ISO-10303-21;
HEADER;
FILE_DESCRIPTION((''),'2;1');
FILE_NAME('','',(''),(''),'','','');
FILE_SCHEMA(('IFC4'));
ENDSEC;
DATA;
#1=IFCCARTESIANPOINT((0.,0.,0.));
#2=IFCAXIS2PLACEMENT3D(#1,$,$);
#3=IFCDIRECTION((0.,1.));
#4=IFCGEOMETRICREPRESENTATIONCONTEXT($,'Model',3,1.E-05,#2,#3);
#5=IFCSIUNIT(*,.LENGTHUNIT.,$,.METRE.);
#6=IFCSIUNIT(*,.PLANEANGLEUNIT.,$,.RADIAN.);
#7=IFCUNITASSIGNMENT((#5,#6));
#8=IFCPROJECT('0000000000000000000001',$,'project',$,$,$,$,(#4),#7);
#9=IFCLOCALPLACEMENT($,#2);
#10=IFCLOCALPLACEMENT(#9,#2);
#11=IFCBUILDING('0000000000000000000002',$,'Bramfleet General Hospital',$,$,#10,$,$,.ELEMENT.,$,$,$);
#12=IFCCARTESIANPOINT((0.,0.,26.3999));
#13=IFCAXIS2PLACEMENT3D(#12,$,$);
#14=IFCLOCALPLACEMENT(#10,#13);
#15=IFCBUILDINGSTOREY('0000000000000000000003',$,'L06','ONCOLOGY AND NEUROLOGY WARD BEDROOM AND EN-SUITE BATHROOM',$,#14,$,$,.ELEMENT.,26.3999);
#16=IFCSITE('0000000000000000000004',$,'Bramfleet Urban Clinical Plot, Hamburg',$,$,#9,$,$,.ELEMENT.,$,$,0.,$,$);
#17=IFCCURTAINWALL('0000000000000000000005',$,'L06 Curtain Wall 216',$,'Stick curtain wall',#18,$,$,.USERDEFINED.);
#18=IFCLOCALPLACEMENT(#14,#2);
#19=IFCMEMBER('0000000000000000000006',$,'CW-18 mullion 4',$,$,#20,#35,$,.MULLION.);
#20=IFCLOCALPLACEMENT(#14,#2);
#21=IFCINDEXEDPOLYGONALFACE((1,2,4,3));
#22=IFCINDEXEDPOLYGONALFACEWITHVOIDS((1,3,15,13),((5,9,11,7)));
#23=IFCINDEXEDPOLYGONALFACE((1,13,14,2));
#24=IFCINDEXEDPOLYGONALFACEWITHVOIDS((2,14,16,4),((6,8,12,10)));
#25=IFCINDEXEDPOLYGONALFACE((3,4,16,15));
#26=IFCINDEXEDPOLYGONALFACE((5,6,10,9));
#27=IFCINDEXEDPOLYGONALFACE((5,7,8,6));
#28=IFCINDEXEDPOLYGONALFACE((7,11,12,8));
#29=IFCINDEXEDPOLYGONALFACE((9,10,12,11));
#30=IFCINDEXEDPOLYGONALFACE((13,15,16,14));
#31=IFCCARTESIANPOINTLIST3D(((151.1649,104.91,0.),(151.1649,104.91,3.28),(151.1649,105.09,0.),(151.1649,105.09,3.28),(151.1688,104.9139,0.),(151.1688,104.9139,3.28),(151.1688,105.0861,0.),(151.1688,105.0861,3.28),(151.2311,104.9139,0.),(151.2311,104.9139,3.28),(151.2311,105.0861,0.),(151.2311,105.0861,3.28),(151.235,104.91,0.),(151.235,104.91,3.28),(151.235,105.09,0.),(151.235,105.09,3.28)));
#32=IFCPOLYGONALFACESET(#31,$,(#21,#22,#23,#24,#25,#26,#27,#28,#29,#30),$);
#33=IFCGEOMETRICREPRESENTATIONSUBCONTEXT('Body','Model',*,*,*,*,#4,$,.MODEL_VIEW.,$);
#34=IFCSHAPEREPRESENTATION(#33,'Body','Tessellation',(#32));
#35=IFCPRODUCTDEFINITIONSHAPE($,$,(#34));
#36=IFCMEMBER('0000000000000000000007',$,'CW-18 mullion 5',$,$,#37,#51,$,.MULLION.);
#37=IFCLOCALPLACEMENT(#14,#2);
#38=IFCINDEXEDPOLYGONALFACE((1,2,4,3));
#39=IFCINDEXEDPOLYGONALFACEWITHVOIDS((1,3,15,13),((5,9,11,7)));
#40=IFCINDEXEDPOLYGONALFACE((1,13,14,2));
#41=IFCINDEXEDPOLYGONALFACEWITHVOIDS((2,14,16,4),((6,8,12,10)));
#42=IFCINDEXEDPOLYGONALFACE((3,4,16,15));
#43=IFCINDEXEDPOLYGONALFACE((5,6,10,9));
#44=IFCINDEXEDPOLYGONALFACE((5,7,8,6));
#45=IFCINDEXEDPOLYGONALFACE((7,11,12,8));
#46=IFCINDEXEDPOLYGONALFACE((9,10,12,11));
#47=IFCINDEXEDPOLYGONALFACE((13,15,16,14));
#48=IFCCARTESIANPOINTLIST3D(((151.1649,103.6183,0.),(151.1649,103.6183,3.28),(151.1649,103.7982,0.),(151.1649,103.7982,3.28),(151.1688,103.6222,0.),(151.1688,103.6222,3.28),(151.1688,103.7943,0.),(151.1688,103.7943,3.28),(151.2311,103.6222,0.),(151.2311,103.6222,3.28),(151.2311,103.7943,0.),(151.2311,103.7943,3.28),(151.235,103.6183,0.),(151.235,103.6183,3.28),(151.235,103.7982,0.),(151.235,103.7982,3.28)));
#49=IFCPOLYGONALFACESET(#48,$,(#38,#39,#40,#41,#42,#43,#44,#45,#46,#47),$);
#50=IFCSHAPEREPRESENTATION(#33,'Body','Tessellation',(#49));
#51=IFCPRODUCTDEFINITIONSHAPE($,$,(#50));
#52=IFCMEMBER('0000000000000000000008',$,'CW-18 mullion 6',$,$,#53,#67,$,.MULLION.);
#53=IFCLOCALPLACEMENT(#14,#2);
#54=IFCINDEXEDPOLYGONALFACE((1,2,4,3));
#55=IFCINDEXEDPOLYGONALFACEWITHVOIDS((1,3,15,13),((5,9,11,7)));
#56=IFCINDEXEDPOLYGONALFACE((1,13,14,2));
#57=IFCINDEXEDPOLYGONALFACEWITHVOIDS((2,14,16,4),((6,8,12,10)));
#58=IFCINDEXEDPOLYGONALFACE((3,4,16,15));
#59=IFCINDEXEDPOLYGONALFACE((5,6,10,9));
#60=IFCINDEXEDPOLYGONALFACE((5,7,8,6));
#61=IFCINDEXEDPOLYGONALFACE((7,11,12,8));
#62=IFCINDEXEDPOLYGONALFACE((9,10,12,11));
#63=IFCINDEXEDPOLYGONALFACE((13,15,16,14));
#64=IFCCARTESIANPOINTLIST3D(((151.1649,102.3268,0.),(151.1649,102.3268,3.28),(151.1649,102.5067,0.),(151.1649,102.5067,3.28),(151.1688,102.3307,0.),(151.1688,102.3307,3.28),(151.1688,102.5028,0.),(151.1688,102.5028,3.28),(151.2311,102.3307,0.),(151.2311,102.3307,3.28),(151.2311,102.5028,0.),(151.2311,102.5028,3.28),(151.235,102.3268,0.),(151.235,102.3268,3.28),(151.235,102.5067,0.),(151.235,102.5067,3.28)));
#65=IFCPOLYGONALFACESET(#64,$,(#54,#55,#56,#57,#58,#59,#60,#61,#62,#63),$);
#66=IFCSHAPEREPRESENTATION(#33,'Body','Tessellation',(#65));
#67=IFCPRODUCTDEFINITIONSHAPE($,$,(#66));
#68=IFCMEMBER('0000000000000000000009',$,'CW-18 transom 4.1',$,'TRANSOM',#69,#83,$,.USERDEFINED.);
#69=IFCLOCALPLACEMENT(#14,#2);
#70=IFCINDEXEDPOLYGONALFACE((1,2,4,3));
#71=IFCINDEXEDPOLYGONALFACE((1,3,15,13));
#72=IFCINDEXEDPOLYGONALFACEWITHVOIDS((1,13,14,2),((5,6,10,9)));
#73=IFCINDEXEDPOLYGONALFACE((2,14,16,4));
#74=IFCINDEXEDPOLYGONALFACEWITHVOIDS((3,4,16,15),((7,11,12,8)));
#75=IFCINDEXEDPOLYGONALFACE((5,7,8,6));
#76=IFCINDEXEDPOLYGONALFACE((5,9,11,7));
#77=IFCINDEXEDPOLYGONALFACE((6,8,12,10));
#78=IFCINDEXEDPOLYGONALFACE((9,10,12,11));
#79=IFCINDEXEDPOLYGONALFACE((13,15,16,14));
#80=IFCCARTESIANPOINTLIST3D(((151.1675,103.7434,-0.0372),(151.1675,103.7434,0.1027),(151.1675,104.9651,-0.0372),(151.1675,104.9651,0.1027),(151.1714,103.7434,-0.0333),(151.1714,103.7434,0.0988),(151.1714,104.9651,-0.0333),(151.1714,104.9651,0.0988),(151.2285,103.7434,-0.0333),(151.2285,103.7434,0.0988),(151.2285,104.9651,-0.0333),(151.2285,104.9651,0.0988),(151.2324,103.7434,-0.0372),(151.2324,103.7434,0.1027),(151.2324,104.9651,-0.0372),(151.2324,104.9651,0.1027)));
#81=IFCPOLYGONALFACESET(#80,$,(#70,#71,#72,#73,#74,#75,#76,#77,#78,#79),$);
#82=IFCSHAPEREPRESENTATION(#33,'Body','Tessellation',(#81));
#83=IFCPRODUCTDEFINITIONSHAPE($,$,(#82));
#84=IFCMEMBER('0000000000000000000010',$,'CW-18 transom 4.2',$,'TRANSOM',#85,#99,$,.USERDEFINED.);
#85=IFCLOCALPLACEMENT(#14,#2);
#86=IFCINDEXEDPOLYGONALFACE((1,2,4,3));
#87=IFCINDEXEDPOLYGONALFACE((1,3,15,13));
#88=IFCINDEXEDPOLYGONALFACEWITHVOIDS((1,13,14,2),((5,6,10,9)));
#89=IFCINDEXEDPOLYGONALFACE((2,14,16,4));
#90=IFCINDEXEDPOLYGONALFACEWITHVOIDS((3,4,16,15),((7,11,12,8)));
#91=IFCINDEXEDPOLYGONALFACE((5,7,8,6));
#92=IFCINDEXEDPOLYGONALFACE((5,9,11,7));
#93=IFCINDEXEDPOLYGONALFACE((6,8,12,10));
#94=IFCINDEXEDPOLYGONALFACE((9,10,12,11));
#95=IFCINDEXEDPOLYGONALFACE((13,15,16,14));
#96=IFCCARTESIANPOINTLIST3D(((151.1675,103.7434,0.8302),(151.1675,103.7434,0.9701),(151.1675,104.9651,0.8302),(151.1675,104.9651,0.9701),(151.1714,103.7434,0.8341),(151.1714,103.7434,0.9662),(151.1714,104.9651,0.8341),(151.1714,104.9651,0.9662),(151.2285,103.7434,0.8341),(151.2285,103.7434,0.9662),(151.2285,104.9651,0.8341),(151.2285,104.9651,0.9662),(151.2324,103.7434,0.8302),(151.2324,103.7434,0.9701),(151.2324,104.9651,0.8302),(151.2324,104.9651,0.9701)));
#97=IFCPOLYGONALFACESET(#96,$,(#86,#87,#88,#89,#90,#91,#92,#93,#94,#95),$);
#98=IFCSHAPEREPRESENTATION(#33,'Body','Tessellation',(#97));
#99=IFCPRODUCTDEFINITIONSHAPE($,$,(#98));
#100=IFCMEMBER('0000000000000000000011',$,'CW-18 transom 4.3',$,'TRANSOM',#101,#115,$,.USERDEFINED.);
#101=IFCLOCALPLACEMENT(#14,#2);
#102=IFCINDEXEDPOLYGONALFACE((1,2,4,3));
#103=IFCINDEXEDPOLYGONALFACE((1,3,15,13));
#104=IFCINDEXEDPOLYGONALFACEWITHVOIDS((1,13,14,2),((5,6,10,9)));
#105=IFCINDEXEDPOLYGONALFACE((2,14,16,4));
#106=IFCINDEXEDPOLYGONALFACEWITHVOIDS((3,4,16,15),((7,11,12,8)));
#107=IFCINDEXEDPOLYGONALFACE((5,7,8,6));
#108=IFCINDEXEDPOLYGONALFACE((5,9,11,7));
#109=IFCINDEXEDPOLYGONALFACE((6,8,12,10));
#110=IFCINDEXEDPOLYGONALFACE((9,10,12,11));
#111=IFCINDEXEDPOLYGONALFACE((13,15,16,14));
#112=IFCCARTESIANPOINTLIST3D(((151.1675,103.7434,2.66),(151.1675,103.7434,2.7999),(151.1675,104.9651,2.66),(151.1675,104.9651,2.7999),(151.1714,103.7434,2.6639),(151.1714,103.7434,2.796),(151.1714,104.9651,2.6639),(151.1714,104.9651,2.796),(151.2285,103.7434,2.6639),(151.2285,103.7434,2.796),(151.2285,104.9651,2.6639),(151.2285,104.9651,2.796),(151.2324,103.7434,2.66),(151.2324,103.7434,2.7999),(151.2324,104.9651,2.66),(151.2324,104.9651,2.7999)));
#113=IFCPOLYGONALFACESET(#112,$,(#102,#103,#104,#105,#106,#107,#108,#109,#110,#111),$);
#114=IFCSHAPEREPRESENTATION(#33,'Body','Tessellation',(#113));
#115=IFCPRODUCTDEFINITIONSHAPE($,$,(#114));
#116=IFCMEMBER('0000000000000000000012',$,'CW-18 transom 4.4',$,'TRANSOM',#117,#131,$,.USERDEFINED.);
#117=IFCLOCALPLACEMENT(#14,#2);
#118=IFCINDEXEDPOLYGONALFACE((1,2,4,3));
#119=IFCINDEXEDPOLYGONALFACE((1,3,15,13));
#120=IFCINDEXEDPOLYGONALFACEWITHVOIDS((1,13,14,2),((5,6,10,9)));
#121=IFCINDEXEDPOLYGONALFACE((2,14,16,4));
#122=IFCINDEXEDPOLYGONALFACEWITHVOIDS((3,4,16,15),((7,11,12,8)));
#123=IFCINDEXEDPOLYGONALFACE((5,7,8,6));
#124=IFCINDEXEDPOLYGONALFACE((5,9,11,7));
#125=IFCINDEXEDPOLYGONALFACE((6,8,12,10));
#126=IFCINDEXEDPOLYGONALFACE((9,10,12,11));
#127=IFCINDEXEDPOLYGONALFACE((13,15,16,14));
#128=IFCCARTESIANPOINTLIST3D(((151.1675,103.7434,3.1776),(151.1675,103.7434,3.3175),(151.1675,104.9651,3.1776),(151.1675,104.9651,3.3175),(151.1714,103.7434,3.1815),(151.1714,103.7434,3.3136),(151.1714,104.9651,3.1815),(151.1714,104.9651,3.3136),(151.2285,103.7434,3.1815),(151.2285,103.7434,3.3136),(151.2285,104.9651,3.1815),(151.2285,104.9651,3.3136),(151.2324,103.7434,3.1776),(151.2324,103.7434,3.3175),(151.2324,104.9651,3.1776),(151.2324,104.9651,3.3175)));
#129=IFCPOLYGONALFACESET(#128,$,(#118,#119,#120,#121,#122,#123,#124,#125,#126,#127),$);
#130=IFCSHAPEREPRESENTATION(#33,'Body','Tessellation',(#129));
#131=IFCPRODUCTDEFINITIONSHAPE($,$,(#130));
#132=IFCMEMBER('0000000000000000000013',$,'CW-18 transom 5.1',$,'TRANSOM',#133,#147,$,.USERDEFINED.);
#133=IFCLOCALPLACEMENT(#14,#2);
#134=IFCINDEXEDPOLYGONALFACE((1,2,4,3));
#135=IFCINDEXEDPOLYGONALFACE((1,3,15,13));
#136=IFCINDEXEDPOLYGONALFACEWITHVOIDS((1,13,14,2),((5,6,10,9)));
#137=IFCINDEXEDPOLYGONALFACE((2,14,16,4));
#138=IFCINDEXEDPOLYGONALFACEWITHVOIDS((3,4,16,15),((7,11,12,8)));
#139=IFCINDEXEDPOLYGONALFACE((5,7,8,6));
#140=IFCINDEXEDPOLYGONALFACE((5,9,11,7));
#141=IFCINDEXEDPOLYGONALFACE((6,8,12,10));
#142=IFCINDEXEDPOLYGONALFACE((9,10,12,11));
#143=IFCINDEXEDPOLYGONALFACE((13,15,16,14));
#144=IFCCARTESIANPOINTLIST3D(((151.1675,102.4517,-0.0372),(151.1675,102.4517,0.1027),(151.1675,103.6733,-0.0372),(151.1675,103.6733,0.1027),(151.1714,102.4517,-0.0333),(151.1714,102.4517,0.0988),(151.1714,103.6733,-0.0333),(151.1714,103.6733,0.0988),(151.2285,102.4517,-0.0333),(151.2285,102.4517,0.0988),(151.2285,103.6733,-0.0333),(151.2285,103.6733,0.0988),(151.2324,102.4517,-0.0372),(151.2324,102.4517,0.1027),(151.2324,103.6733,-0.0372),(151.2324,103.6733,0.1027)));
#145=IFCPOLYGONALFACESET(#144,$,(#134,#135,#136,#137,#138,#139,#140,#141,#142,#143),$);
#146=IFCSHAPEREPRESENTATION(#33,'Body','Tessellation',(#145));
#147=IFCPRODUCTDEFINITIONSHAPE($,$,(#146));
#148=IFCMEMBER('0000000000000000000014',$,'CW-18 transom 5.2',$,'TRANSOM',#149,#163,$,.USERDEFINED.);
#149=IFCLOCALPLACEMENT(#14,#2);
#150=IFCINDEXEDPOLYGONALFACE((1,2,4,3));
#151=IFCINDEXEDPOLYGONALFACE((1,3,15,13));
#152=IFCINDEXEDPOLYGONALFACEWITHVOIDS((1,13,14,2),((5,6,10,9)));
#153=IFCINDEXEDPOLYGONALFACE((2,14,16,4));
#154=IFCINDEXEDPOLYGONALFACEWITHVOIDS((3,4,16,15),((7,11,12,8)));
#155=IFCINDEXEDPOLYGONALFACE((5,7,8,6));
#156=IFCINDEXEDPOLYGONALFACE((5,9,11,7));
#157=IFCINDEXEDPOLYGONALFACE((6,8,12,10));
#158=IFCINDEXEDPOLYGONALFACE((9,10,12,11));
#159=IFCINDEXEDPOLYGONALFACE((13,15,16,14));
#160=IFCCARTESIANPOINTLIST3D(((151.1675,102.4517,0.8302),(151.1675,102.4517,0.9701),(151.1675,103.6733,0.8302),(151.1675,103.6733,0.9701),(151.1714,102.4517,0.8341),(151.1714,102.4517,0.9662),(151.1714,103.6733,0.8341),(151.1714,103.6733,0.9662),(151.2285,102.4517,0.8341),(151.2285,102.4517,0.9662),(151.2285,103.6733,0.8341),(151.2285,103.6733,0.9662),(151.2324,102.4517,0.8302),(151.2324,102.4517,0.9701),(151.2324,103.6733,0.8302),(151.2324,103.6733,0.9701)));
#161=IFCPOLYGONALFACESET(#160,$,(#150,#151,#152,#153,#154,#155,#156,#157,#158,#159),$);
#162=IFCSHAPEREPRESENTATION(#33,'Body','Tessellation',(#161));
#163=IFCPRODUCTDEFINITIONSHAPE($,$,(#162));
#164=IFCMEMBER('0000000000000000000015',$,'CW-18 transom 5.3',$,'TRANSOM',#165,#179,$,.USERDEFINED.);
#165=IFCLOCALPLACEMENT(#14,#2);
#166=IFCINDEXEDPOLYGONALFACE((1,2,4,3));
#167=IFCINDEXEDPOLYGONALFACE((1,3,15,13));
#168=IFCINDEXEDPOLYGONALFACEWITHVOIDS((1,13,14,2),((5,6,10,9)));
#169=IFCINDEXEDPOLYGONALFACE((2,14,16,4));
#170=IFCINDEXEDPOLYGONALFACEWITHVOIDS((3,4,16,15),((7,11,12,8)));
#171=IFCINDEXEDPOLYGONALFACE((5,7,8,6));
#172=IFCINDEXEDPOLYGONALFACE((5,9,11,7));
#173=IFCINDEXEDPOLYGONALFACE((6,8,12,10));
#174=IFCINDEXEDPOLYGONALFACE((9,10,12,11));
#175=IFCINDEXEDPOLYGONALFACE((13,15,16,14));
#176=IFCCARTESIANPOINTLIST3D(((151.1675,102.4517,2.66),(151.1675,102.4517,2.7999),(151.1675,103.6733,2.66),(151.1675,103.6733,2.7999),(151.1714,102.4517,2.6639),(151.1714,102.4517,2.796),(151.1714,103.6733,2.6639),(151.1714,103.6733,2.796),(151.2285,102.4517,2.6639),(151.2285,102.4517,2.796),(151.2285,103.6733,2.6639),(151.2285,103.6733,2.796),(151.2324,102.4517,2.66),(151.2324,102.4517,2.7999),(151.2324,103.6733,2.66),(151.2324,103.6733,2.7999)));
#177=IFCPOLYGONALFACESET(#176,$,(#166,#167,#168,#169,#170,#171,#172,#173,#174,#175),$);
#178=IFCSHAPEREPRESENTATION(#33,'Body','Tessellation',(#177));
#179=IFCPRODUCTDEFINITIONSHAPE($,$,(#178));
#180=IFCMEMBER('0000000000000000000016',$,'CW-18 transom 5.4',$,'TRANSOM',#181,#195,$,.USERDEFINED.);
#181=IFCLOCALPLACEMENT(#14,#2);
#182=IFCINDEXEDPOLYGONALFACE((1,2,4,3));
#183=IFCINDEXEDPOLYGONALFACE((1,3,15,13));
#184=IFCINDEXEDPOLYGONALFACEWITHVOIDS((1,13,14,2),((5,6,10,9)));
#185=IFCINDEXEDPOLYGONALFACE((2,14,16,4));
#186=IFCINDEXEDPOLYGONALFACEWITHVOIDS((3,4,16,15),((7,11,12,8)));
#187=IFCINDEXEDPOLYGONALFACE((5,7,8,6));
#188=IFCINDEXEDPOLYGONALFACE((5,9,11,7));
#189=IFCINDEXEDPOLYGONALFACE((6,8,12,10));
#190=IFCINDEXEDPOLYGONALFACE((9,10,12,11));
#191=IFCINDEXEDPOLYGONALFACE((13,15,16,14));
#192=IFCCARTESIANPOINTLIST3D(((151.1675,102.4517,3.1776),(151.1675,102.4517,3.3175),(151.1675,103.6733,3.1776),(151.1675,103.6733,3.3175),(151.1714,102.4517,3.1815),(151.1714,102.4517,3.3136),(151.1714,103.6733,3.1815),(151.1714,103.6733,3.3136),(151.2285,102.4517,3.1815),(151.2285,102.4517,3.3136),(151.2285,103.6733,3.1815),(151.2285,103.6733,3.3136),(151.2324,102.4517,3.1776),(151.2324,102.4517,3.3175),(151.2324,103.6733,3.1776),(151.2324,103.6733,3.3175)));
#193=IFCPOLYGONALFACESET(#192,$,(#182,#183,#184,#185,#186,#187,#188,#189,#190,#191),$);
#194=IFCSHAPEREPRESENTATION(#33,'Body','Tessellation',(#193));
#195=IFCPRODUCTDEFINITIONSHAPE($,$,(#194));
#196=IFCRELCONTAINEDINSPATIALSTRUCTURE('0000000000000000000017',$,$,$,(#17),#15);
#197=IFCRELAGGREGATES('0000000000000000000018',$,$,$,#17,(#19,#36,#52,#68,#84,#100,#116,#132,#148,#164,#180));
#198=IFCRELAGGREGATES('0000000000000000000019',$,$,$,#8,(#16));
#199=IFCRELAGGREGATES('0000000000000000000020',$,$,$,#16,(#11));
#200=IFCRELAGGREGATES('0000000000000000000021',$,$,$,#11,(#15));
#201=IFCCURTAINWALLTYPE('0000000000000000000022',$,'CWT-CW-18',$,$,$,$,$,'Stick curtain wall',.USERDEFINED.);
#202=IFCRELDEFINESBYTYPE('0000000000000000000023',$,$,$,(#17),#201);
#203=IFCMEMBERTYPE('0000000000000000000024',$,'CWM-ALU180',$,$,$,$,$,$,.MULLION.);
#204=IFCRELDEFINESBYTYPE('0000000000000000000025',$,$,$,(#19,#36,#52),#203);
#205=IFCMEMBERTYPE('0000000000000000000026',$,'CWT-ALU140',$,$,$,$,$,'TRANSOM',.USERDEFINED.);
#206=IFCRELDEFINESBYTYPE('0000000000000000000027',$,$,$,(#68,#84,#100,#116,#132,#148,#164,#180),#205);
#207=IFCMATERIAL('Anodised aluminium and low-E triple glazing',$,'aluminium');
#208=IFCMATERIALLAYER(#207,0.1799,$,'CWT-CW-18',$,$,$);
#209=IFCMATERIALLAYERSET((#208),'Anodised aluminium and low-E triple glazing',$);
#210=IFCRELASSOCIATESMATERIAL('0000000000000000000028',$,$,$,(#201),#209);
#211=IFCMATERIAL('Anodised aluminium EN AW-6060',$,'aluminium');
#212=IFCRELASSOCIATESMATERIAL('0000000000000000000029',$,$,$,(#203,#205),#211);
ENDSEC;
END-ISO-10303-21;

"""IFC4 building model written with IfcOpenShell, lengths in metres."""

from ifc_helpers import new_model, si_unit, direction, frame, origin, origin_2d, place, context, subcontext, project, spatial, hollow_rectangle, extrude, material, layer, layer_set, material_profile, profile_set, type_object, element, aggregate, save


model = new_model("IFC4")

# Units and contexts
model_context = context("Model", 3, precision=1e-05, world=origin(), true_north=direction((0.0, 1.0)))
body_context = subcontext(model_context, "Body", "Model", "MODEL_VIEW")
ifc_project = project(units=[si_unit("LENGTHUNIT", "METRE"), si_unit("PLANEANGLEUNIT", "RADIAN")], contexts=[model_context])

# Site, building, storey
site_placement = place(None, origin())
site = spatial("IfcSite", under=ifc_project, at=site_placement, Name="Bramfleet Urban Clinical Plot, Hamburg", CompositionType="ELEMENT", RefElevation=0.0)
building_placement = place(site_placement, origin())
building = spatial("IfcBuilding", under=site, at=building_placement, Name="Bramfleet General Hospital", CompositionType="ELEMENT")
storey_placement = place(building_placement, frame((0.0, 0.0, 26.3999)))
storey = spatial("IfcBuildingStorey", under=building, at=storey_placement, Name="L06", Description="ONCOLOGY AND NEUROLOGY WARD BEDROOM AND EN-SUITE BATHROOM", CompositionType="ELEMENT", Elevation=26.3999)

# Curtain wall, members
ifc_material_1 = material(Name="Anodised aluminium and low-E triple glazing", Category="aluminium")
ifc_layer_1 = layer(ifc_material_1, 0.1799, Name="CWT-CW-18")
ifc_layer_set_1 = layer_set([ifc_layer_1], Name="Anodised aluminium and low-E triple glazing")
curtain_wall_type = type_object("IfcCurtainWallType", Name="CWT-CW-18", ElementType="Stick curtain wall", PredefinedType="USERDEFINED", material=ifc_layer_set_1)
curtain_wall_placement = place(storey_placement, origin())
curtain_wall = element("IfcCurtainWall", 1, at=curtain_wall_placement, inside=storey, type_object=curtain_wall_type, Name="L06 Curtain Wall 216", ObjectType="Stick curtain wall", PredefinedType="USERDEFINED")
ifc_material_2 = material(Name="Anodised aluminium EN AW-6060", Category="aluminium")
ifc_material_profile_1 = material_profile(ifc_material_2, hollow_rectangle(XDim=0.0701, YDim=0.1799, WallThickness=0.0039, at=origin_2d()), Name="ALU 180x70x4.0")
ifc_profile_set_1 = profile_set([ifc_material_profile_1], Name="Anodised aluminium EN AW-6060")
member_type_1 = type_object("IfcMemberType", Name="CWM-ALU180", PredefinedType="MULLION", material=ifc_profile_set_1)
member_1_placement = place(storey_placement, frame((151.2, 105.0, 0.0), z_axis=(0.0, 0.0, 1.0), x_axis=(1.0, 0.0, 0.0)))
member_1 = element("IfcMember", 2, at=member_1_placement, type_object=member_type_1, Name="CW-18 mullion 4", PredefinedType="MULLION", context=body_context, shape_type="SweptSolid", body=[
    extrude(hollow_rectangle(XDim=0.0701, YDim=0.1799, WallThickness=0.0039, at=origin_2d()), origin(), (0.0, 0.0, 1.0), 3.28),
])
member_2_placement = place(storey_placement, frame((151.2, 103.7083, 0.0), z_axis=(0.0, 0.0, 1.0), x_axis=(1.0, 0.0, 0.0)))
member_2 = element("IfcMember", 3, at=member_2_placement, type_object=member_type_1, Name="CW-18 mullion 5", PredefinedType="MULLION", context=body_context, shape_type="SweptSolid", body=[
    extrude(hollow_rectangle(XDim=0.0701, YDim=0.1799, WallThickness=0.0039, at=origin_2d()), origin(), (0.0, 0.0, 1.0), 3.28),
])
member_3_placement = place(storey_placement, frame((151.2, 102.4167, 0.0), z_axis=(0.0, 0.0, 1.0), x_axis=(1.0, 0.0, 0.0)))
member_3 = element("IfcMember", 4, at=member_3_placement, type_object=member_type_1, Name="CW-18 mullion 6", PredefinedType="MULLION", context=body_context, shape_type="SweptSolid", body=[
    extrude(hollow_rectangle(XDim=0.0701, YDim=0.1799, WallThickness=0.0039, at=origin_2d()), origin(), (0.0, 0.0, 1.0), 3.28),
])
ifc_material_profile_2 = material_profile(ifc_material_2, hollow_rectangle(XDim=0.0649, YDim=0.1399, WallThickness=0.0039, at=origin_2d()), Name="ALU 140x65x4.0")
ifc_profile_set_2 = profile_set([ifc_material_profile_2], Name="Anodised aluminium EN AW-6060")
member_type_2 = type_object("IfcMemberType", Name="CWT-ALU140", ElementType="TRANSOM", PredefinedType="USERDEFINED", material=ifc_profile_set_2)
member_4_placement = place(storey_placement, frame((151.2, 104.9651, 0.0327), z_axis=(0.0, -1.0, 0.0), x_axis=(1.0, 0.0, 0.0)))
member_4 = element("IfcMember", 5, at=member_4_placement, type_object=member_type_2, Name="CW-18 transom 4.1", ObjectType="TRANSOM", PredefinedType="USERDEFINED", context=body_context, shape_type="SweptSolid", body=[
    extrude(hollow_rectangle(XDim=0.0649, YDim=0.1399, WallThickness=0.0039, at=origin_2d()), origin(), (0.0, 0.0, 1.0), 1.2217),
])
member_5_placement = place(storey_placement, frame((151.2, 104.9651, 0.9001), z_axis=(0.0, -1.0, 0.0), x_axis=(1.0, 0.0, 0.0)))
member_5 = element("IfcMember", 6, at=member_5_placement, type_object=member_type_2, Name="CW-18 transom 4.2", ObjectType="TRANSOM", PredefinedType="USERDEFINED", context=body_context, shape_type="SweptSolid", body=[
    extrude(hollow_rectangle(XDim=0.0649, YDim=0.1399, WallThickness=0.0039, at=origin_2d()), origin(), (0.0, 0.0, 1.0), 1.2217),
])
member_6_placement = place(storey_placement, frame((151.2, 104.9651, 2.73), z_axis=(0.0, -1.0, 0.0), x_axis=(1.0, 0.0, 0.0)))
member_6 = element("IfcMember", 7, at=member_6_placement, type_object=member_type_2, Name="CW-18 transom 4.3", ObjectType="TRANSOM", PredefinedType="USERDEFINED", context=body_context, shape_type="SweptSolid", body=[
    extrude(hollow_rectangle(XDim=0.0649, YDim=0.1399, WallThickness=0.0039, at=origin_2d()), origin(), (0.0, 0.0, 1.0), 1.2217),
])
member_7_placement = place(storey_placement, frame((151.2, 104.9651, 3.2476), z_axis=(0.0, -1.0, 0.0), x_axis=(1.0, 0.0, 0.0)))
member_7 = element("IfcMember", 8, at=member_7_placement, type_object=member_type_2, Name="CW-18 transom 4.4", ObjectType="TRANSOM", PredefinedType="USERDEFINED", context=body_context, shape_type="SweptSolid", body=[
    extrude(hollow_rectangle(XDim=0.0649, YDim=0.1399, WallThickness=0.0039, at=origin_2d()), origin(), (0.0, 0.0, 1.0), 1.2217),
])
member_8_placement = place(storey_placement, frame((151.2, 103.6733, 0.0327), z_axis=(0.0, -1.0, 0.0), x_axis=(1.0, 0.0, 0.0)))
member_8 = element("IfcMember", 9, at=member_8_placement, type_object=member_type_2, Name="CW-18 transom 5.1", ObjectType="TRANSOM", PredefinedType="USERDEFINED", context=body_context, shape_type="SweptSolid", body=[
    extrude(hollow_rectangle(XDim=0.0649, YDim=0.1399, WallThickness=0.0039, at=origin_2d()), origin(), (0.0, 0.0, 1.0), 1.2217),
])
member_9_placement = place(storey_placement, frame((151.2, 103.6733, 0.9001), z_axis=(0.0, -1.0, 0.0), x_axis=(1.0, 0.0, 0.0)))
member_9 = element("IfcMember", 10, at=member_9_placement, type_object=member_type_2, Name="CW-18 transom 5.2", ObjectType="TRANSOM", PredefinedType="USERDEFINED", context=body_context, shape_type="SweptSolid", body=[
    extrude(hollow_rectangle(XDim=0.0649, YDim=0.1399, WallThickness=0.0039, at=origin_2d()), origin(), (0.0, 0.0, 1.0), 1.2217),
])
member_10_placement = place(storey_placement, frame((151.2, 103.6733, 2.73), z_axis=(0.0, -1.0, 0.0), x_axis=(1.0, 0.0, 0.0)))
member_10 = element("IfcMember", 11, at=member_10_placement, type_object=member_type_2, Name="CW-18 transom 5.3", ObjectType="TRANSOM", PredefinedType="USERDEFINED", context=body_context, shape_type="SweptSolid", body=[
    extrude(hollow_rectangle(XDim=0.0649, YDim=0.1399, WallThickness=0.0039, at=origin_2d()), origin(), (0.0, 0.0, 1.0), 1.2217),
])
member_11_placement = place(storey_placement, frame((151.2, 103.6733, 3.2476), z_axis=(0.0, -1.0, 0.0), x_axis=(1.0, 0.0, 0.0)))
member_11 = element("IfcMember", 12, at=member_11_placement, type_object=member_type_2, Name="CW-18 transom 5.4", ObjectType="TRANSOM", PredefinedType="USERDEFINED", context=body_context, shape_type="SweptSolid", body=[
    extrude(hollow_rectangle(XDim=0.0649, YDim=0.1399, WallThickness=0.0039, at=origin_2d()), origin(), (0.0, 0.0, 1.0), 1.2217),
])
aggregate(curtain_wall, [member_1, member_2, member_3, member_4, member_5, member_6, member_7, member_8, member_9, member_10, member_11])

save(model, "model.ifc")
